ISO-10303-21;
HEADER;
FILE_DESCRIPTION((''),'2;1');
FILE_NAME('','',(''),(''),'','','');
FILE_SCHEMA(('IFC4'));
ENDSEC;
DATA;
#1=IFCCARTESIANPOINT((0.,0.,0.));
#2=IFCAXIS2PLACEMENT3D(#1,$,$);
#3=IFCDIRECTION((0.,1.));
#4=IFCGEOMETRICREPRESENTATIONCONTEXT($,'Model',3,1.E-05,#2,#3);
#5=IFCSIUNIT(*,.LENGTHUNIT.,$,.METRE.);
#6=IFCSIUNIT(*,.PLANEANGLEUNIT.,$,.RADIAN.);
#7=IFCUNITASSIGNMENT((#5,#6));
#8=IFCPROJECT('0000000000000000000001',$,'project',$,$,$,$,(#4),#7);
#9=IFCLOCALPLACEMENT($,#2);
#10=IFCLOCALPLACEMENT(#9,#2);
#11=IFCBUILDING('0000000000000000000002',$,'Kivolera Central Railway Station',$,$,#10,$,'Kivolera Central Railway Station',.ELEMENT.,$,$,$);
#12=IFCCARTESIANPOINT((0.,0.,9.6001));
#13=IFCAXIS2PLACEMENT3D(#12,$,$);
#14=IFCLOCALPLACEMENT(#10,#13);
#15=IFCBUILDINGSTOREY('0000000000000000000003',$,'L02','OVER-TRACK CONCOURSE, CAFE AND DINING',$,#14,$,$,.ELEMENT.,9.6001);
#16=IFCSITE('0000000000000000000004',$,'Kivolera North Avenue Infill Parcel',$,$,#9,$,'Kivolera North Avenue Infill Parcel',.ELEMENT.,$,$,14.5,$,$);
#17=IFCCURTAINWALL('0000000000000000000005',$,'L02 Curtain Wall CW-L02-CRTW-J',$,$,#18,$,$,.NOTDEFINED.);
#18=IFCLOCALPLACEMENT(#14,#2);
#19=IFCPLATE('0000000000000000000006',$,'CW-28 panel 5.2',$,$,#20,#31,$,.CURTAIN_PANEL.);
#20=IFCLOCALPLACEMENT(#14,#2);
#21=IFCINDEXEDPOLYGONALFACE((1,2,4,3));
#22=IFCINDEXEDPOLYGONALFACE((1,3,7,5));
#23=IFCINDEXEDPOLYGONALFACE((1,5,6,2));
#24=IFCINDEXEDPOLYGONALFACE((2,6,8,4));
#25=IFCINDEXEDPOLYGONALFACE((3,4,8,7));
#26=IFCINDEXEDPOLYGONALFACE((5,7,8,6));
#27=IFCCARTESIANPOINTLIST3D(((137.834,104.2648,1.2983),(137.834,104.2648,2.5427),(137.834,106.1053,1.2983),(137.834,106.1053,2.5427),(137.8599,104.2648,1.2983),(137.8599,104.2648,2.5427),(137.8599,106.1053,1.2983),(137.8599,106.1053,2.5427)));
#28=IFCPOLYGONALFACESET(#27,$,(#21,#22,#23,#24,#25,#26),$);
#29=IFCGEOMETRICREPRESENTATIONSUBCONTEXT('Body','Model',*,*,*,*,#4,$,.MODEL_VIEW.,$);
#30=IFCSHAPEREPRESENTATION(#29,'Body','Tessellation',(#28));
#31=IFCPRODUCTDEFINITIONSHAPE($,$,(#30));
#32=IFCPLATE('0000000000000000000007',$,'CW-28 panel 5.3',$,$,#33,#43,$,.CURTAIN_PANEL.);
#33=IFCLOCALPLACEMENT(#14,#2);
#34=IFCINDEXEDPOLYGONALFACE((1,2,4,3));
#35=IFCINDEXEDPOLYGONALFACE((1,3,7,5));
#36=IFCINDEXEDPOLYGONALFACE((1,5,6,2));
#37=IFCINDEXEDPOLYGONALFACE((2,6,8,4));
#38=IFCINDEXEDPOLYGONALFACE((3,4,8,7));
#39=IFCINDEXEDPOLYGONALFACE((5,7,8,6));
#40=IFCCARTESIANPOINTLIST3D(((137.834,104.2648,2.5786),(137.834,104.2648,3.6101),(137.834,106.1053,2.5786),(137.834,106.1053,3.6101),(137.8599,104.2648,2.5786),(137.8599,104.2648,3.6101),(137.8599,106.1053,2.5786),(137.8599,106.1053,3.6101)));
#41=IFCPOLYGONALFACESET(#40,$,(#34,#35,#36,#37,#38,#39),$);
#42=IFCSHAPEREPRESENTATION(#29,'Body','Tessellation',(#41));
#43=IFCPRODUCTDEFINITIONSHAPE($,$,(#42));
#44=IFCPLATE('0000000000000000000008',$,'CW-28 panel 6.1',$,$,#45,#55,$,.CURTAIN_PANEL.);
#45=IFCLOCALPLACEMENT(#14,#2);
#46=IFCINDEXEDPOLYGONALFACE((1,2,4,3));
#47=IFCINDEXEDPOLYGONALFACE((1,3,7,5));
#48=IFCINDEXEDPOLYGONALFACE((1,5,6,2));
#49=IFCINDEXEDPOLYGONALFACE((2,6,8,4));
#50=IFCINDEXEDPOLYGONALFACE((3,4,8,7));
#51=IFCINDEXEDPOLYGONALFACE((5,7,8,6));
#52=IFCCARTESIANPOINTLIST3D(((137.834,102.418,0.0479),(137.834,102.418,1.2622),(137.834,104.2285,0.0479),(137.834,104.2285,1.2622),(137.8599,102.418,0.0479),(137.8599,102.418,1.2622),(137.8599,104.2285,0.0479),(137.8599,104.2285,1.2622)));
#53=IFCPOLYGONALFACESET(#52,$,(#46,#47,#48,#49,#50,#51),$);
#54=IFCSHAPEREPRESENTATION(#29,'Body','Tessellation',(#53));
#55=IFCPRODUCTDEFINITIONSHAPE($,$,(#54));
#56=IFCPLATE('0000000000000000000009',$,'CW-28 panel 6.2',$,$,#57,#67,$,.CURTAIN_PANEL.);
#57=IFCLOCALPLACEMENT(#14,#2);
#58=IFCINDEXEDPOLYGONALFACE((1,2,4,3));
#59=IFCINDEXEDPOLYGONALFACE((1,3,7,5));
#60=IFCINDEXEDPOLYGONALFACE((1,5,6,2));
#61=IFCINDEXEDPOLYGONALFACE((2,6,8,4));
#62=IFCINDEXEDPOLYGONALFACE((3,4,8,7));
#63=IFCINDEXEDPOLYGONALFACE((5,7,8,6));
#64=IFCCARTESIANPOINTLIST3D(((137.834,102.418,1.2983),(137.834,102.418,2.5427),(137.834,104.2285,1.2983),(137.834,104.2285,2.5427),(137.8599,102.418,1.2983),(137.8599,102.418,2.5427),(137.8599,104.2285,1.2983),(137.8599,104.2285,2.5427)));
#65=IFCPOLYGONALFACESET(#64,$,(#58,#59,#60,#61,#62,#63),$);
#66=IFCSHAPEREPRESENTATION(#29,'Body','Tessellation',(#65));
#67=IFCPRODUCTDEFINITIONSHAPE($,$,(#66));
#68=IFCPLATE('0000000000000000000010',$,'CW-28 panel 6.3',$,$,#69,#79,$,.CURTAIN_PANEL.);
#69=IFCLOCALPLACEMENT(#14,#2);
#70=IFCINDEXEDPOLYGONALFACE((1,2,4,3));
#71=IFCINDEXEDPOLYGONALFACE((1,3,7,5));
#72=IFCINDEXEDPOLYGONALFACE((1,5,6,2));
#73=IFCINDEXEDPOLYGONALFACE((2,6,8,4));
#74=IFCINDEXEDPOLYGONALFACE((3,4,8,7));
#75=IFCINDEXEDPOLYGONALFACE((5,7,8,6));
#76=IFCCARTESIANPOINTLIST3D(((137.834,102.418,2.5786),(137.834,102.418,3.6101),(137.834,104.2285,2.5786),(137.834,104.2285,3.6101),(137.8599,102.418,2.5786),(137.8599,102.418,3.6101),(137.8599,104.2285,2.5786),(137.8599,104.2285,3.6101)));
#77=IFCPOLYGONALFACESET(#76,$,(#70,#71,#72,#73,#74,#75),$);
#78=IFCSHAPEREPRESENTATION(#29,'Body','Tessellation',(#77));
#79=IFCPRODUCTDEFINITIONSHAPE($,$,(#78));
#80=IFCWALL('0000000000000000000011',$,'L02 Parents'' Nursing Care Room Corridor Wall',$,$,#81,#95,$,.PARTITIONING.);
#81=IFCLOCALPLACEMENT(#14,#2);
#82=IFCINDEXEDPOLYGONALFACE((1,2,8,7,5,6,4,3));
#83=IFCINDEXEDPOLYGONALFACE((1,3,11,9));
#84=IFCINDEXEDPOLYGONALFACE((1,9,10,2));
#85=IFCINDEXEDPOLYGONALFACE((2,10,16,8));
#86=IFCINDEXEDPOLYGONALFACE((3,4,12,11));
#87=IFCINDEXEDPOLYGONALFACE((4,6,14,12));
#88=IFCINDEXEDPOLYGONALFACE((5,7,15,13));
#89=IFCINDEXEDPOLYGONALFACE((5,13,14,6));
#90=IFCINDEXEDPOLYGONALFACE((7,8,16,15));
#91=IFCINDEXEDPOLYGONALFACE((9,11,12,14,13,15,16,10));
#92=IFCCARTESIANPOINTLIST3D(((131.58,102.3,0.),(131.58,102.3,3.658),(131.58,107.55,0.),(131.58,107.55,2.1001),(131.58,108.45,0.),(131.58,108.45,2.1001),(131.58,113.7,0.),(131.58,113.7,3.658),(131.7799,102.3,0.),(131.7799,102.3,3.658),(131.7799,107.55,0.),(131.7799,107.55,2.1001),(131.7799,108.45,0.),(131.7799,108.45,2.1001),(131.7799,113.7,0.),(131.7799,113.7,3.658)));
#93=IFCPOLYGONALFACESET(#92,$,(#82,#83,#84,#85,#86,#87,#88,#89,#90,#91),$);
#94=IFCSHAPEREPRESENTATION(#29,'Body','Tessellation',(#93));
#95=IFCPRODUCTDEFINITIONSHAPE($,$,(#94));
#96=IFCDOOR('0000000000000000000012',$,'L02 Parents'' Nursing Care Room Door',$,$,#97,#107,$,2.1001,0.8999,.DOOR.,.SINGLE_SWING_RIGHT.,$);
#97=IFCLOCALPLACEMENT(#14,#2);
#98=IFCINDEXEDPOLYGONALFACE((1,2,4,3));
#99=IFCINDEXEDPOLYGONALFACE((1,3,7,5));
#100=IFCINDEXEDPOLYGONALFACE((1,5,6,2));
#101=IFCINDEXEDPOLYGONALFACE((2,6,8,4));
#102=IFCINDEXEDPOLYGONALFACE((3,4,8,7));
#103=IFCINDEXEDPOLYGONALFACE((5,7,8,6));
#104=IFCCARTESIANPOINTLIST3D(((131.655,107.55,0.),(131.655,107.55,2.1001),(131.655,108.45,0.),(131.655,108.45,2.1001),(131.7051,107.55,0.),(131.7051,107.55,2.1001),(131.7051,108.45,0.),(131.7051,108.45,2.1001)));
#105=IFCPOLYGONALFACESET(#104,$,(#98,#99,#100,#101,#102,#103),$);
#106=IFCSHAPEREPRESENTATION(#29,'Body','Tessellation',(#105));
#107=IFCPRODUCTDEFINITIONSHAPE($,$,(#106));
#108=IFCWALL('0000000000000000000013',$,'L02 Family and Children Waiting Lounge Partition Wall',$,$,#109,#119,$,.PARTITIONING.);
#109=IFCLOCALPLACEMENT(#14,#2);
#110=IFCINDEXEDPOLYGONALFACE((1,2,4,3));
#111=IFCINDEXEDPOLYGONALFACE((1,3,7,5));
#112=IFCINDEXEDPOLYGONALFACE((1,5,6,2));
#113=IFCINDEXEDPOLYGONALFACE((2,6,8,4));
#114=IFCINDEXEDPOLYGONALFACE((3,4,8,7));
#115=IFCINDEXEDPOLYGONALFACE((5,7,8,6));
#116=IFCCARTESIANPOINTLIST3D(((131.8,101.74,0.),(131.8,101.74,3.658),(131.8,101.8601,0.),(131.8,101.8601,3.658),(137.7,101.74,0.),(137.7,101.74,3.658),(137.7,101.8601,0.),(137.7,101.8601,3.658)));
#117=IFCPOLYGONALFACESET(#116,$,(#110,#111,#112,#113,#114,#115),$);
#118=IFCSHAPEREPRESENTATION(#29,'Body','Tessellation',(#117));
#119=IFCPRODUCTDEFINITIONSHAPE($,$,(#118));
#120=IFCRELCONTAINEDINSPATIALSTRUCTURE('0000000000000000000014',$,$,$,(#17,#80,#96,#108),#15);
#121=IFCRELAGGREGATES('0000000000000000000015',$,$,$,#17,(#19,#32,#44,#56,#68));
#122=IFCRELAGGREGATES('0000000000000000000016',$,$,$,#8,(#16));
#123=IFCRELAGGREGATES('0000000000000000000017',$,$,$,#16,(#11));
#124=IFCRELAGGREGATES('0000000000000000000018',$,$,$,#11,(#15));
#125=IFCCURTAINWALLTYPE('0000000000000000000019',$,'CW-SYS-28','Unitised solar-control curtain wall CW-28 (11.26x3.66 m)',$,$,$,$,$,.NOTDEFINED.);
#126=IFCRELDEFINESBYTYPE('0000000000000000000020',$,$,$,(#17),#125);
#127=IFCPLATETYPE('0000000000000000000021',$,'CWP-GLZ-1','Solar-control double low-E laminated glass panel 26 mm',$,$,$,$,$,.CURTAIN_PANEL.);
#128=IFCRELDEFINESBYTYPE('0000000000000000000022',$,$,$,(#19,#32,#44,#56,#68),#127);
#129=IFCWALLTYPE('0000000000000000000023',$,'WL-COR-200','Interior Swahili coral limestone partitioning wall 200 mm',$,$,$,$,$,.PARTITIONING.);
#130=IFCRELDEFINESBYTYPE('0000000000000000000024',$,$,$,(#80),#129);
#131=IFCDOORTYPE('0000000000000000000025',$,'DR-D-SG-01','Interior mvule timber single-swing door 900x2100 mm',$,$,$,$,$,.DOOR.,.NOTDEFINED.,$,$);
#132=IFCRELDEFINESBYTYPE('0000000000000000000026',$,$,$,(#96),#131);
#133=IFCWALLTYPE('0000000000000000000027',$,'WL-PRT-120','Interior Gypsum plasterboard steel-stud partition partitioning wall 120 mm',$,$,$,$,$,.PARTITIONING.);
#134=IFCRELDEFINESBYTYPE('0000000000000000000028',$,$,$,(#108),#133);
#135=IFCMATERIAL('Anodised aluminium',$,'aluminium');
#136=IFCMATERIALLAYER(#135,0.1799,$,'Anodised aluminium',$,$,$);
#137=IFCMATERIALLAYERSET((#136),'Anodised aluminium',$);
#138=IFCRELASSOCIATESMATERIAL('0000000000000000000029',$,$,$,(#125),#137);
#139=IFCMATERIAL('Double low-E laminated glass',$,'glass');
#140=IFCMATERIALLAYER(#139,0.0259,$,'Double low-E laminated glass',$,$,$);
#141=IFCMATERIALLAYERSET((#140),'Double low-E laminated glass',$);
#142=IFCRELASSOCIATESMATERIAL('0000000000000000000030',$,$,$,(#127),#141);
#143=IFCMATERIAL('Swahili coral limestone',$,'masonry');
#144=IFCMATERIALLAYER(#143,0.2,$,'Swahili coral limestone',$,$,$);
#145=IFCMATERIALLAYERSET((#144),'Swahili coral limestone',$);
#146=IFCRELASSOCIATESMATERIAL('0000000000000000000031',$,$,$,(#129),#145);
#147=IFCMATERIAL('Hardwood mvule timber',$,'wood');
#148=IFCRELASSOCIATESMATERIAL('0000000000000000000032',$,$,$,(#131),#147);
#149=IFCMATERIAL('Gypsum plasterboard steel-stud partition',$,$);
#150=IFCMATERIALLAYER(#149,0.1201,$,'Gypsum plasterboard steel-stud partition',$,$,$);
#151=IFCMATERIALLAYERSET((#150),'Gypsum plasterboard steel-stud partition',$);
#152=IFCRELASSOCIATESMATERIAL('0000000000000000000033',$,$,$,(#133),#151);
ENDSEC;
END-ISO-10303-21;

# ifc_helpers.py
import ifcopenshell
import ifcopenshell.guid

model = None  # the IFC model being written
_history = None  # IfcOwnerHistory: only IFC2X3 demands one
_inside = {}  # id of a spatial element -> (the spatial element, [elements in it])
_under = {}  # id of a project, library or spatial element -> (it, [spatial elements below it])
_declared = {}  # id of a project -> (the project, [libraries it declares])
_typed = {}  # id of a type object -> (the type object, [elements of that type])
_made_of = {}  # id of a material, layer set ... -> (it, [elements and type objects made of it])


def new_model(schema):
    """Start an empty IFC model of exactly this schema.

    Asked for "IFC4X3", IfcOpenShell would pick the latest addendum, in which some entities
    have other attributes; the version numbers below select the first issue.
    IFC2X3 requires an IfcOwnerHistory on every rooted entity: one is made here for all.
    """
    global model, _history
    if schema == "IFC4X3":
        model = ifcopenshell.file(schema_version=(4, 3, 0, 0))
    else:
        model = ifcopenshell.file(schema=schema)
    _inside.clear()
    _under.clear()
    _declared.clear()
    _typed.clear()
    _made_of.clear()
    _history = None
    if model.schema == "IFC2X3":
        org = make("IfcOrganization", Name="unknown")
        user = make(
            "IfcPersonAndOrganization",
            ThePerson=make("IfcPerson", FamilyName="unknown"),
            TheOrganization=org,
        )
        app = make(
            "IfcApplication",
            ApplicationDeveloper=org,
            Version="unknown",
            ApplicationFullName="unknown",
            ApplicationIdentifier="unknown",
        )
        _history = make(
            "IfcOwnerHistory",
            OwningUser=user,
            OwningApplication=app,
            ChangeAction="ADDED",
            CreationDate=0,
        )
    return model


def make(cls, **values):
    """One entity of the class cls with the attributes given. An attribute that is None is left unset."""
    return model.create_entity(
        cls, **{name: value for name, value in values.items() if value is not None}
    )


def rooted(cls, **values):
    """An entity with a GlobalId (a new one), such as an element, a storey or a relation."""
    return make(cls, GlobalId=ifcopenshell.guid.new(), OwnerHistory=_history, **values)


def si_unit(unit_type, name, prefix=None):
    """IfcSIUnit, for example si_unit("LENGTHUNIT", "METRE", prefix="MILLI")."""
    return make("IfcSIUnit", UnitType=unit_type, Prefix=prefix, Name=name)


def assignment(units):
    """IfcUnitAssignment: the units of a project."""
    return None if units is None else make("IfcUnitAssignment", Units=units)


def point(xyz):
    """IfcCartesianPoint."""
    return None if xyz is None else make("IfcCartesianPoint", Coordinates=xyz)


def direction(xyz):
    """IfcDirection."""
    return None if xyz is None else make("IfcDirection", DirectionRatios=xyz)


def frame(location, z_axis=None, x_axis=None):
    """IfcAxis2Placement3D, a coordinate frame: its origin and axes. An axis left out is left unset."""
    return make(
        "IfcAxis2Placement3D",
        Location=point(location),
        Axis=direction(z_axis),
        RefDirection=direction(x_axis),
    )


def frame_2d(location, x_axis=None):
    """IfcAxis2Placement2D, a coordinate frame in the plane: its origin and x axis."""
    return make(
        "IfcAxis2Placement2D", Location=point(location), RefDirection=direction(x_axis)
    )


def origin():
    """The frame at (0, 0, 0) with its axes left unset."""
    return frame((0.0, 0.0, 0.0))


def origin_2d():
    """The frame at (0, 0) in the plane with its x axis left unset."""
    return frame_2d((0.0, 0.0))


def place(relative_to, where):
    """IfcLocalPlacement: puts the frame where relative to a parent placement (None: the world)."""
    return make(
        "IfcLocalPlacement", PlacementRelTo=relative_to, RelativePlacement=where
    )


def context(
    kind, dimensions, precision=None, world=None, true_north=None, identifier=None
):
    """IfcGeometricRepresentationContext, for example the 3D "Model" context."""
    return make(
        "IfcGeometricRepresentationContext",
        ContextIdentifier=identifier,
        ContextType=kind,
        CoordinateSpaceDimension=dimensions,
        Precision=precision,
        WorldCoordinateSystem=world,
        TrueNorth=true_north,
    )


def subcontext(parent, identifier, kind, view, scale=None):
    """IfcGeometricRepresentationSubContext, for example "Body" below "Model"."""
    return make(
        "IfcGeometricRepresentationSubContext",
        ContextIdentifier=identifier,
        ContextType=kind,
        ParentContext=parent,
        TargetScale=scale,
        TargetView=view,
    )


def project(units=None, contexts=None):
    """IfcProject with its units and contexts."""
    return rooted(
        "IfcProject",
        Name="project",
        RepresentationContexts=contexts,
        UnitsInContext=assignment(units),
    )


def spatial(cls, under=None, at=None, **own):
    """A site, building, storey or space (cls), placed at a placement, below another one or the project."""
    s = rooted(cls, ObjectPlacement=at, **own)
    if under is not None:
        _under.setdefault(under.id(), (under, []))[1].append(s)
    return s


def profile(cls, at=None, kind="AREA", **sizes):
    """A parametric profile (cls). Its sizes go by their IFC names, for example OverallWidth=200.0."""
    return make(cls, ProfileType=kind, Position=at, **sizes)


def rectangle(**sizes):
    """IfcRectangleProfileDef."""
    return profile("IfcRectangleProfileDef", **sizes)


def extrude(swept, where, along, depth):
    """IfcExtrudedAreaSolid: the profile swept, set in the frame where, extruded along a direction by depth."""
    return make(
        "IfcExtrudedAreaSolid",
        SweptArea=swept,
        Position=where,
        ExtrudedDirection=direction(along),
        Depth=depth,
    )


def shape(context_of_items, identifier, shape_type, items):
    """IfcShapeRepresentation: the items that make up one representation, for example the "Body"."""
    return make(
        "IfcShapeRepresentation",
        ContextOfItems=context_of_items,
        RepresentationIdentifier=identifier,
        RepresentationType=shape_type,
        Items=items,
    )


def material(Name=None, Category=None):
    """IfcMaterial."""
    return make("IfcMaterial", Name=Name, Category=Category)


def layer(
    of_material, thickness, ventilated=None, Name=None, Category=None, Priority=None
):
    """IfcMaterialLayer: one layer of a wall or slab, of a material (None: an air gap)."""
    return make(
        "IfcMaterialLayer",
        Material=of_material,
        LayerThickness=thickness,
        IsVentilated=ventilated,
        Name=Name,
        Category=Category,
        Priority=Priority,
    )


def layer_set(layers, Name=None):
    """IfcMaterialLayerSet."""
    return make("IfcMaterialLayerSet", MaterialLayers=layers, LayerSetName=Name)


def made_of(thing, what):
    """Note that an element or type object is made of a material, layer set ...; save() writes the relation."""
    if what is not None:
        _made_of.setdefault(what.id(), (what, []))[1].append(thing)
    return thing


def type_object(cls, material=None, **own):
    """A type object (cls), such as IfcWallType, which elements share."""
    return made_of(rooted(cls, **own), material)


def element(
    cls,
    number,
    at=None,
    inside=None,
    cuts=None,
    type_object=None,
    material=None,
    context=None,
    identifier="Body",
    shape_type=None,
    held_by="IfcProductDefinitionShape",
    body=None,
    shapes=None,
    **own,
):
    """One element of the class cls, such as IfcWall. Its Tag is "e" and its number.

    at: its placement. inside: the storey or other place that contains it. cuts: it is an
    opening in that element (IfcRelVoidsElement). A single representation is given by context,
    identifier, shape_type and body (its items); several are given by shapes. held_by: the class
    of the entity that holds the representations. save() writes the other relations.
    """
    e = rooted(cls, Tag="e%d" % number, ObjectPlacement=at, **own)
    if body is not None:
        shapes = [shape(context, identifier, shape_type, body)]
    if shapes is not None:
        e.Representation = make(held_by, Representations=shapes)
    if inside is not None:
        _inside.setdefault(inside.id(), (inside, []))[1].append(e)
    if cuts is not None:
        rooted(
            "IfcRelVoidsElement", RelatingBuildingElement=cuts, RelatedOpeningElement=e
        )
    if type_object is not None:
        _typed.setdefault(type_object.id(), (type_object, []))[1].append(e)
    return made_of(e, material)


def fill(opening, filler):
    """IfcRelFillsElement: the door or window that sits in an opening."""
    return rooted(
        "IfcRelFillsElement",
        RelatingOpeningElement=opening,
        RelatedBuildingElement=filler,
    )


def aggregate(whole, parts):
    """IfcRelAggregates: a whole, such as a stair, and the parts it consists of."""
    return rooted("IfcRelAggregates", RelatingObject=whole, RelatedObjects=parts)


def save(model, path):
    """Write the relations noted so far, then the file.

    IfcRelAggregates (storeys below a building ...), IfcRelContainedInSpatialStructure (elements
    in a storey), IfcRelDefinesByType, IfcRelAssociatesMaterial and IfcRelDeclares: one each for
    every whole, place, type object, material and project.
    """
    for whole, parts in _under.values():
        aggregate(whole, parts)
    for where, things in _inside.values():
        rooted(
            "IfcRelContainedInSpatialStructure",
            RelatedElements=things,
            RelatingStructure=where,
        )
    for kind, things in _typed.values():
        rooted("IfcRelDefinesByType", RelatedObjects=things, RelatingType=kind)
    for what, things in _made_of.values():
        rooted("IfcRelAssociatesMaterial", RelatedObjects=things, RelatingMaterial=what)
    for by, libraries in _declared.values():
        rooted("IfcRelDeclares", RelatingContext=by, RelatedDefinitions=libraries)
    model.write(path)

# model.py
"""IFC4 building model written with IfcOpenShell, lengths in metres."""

from ifc_helpers import new_model, si_unit, direction, frame, frame_2d, origin, origin_2d, place, context, subcontext, project, spatial, rectangle, extrude, material, layer, layer_set, type_object, element, fill, aggregate, save


model = new_model("IFC4")

# Units and contexts
model_context = context("Model", 3, precision=1e-05, world=origin(), true_north=direction((0.0, 1.0)))
body_context = subcontext(model_context, "Body", "Model", "MODEL_VIEW")
ifc_project = project(units=[si_unit("LENGTHUNIT", "METRE"), si_unit("PLANEANGLEUNIT", "RADIAN")], contexts=[model_context])

# Site, building, storey
site_placement = place(None, origin())
site = spatial("IfcSite", under=ifc_project, at=site_placement, Name="Kivolera North Avenue Infill Parcel", LongName="Kivolera North Avenue Infill Parcel", CompositionType="ELEMENT", RefElevation=14.5)
building_placement = place(site_placement, origin())
building = spatial("IfcBuilding", under=site, at=building_placement, Name="Kivolera Central Railway Station", LongName="Kivolera Central Railway Station", CompositionType="ELEMENT")
storey_placement = place(building_placement, frame((0.0, 0.0, 9.6001)))
storey = spatial("IfcBuildingStorey", under=building, at=storey_placement, Name="L02", Description="OVER-TRACK CONCOURSE, CAFE AND DINING", CompositionType="ELEMENT", Elevation=9.6001)

# Shared definitions
ifc_material_1 = material(Name="Anodised aluminium", Category="aluminium")
ifc_layer_1 = layer(ifc_material_1, 0.1799, Name="Anodised aluminium")
ifc_layer_set_1 = layer_set([ifc_layer_1], Name="Anodised aluminium")
curtain_wall_type = type_object("IfcCurtainWallType", Name="CW-SYS-28", Description="Unitised solar-control curtain wall CW-28 (11.26x3.66 m)", PredefinedType="NOTDEFINED", material=ifc_layer_set_1)

# Curtain wall
curtain_wall_1_placement = place(storey_placement, origin())
curtain_wall_1 = element("IfcCurtainWall", 1, at=curtain_wall_1_placement, inside=storey, type_object=curtain_wall_type, Name="L02 Curtain Wall CW-L02-CRTW-J", PredefinedType="NOTDEFINED")

# Plates
ifc_material_2 = material(Name="Double low-E laminated glass", Category="glass")
ifc_layer_2 = layer(ifc_material_2, 0.0259, Name="Double low-E laminated glass")
ifc_layer_set_2 = layer_set([ifc_layer_2], Name="Double low-E laminated glass")
plate_type = type_object("IfcPlateType", Name="CWP-GLZ-1", Description="Solar-control double low-E laminated glass panel 26 mm", PredefinedType="CURTAIN_PANEL", material=ifc_layer_set_2)
plate_1_placement = place(storey_placement, frame((137.8469, 105.1851, 1.2983), z_axis=(0.0, 0.0, 1.0), x_axis=(0.0, -1.0, 0.0)))
plate_1 = element("IfcPlate", 2, at=plate_1_placement, type_object=plate_type, Name="CW-28 panel 5.2", PredefinedType="CURTAIN_PANEL", context=body_context, shape_type="SweptSolid", body=[
    extrude(rectangle(XDim=1.8406, YDim=0.0259, at=origin_2d()), origin(), (0.0, 0.0, 1.0), 1.2444),
])
plate_2_placement = place(storey_placement, frame((137.8469, 105.1851, 2.5786), z_axis=(0.0, 0.0, 1.0), x_axis=(0.0, -1.0, 0.0)))
plate_2 = element("IfcPlate", 3, at=plate_2_placement, type_object=plate_type, Name="CW-28 panel 5.3", PredefinedType="CURTAIN_PANEL", context=body_context, shape_type="SweptSolid", body=[
    extrude(rectangle(XDim=1.8406, YDim=0.0259, at=origin_2d()), origin(), (0.0, 0.0, 1.0), 1.0315),
])
plate_3_placement = place(storey_placement, frame((137.8469, 103.3232, 0.0479), z_axis=(0.0, 0.0, 1.0), x_axis=(0.0, -1.0, 0.0)))
plate_3 = element("IfcPlate", 4, at=plate_3_placement, type_object=plate_type, Name="CW-28 panel 6.1", PredefinedType="CURTAIN_PANEL", context=body_context, shape_type="SweptSolid", body=[
    extrude(rectangle(XDim=1.8105, YDim=0.0259, at=origin_2d()), origin(), (0.0, 0.0, 1.0), 1.2144),
])
plate_4_placement = place(storey_placement, frame((137.8469, 103.3232, 1.2983), z_axis=(0.0, 0.0, 1.0), x_axis=(0.0, -1.0, 0.0)))
plate_4 = element("IfcPlate", 5, at=plate_4_placement, type_object=plate_type, Name="CW-28 panel 6.2", PredefinedType="CURTAIN_PANEL", context=body_context, shape_type="SweptSolid", body=[
    extrude(rectangle(XDim=1.8105, YDim=0.0259, at=origin_2d()), origin(), (0.0, 0.0, 1.0), 1.2444),
])
plate_5_placement = place(storey_placement, frame((137.8469, 103.3232, 2.5786), z_axis=(0.0, 0.0, 1.0), x_axis=(0.0, -1.0, 0.0)))
plate_5 = element("IfcPlate", 6, at=plate_5_placement, type_object=plate_type, Name="CW-28 panel 6.3", PredefinedType="CURTAIN_PANEL", context=body_context, shape_type="SweptSolid", body=[
    extrude(rectangle(XDim=1.8105, YDim=0.0259, at=origin_2d()), origin(), (0.0, 0.0, 1.0), 1.0315),
])
aggregate(curtain_wall_1, [plate_1, plate_2, plate_3, plate_4, plate_5])

# Wall, opening, door
ifc_material_3 = material(Name="Swahili coral limestone", Category="masonry")
ifc_layer_3 = layer(ifc_material_3, 0.2, Name="Swahili coral limestone")
ifc_layer_set_3 = layer_set([ifc_layer_3], Name="Swahili coral limestone")
wall_type_1 = type_object("IfcWallType", Name="WL-COR-200", Description="Interior Swahili coral limestone partitioning wall 200 mm", PredefinedType="PARTITIONING", material=ifc_layer_set_3)
wall_1_placement = place(storey_placement, frame((131.6799, 102.3, 0.0), z_axis=(0.0, 0.0, 1.0), x_axis=(0.0, 1.0, 0.0)))
wall_1 = element("IfcWall", 7, at=wall_1_placement, inside=storey, type_object=wall_type_1, Name="L02 Parents' Nursing Care Room Corridor Wall", PredefinedType="PARTITIONING", context=body_context, shape_type="SweptSolid", body=[
    extrude(rectangle(XDim=11.3999, YDim=0.2, at=frame_2d((5.7, 0.0))), origin(), (0.0, 0.0, 1.0), 3.658),
])
opening_placement = place(wall_1_placement, frame((5.25, 0.0, 0.0)))
opening = element("IfcOpeningElement", 8, at=opening_placement, cuts=wall_1, PredefinedType="OPENING", context=body_context, shape_type="SweptSolid", body=[
    extrude(rectangle(XDim=0.8999, YDim=2.1001, at=frame_2d((0.45, 1.05))), frame((0.0, 0.1099, 0.0), z_axis=(0.0, -1.0, 0.0), x_axis=(1.0, 0.0, 0.0)), (0.0, 0.0, 1.0), 0.22),
])
ifc_material_4 = material(Name="Hardwood mvule timber", Category="wood")
door_type = type_object("IfcDoorType", Name="DR-D-SG-01", Description="Interior mvule timber single-swing door 900x2100 mm", OperationType="NOTDEFINED", PredefinedType="DOOR", material=ifc_material_4)
door_placement = place(opening_placement, origin())
door = element("IfcDoor", 9, at=door_placement, inside=storey, type_object=door_type, Name="L02 Parents' Nursing Care Room Door", OperationType="SINGLE_SWING_RIGHT", OverallHeight=2.1001, OverallWidth=0.8999, PredefinedType="DOOR", context=body_context, shape_type="SweptSolid", body=[
    extrude(rectangle(XDim=0.8999, YDim=2.1001, at=frame_2d((0.45, 1.05))), frame((0.0, 0.0249, 0.0), z_axis=(0.0, -1.0, 0.0), x_axis=(1.0, 0.0, 0.0)), (0.0, 0.0, 1.0), 0.05),
])
fill(opening, door)

# Wall
ifc_material_5 = material(Name="Gypsum plasterboard steel-stud partition")
ifc_layer_4 = layer(ifc_material_5, 0.1201, Name="Gypsum plasterboard steel-stud partition")
ifc_layer_set_4 = layer_set([ifc_layer_4], Name="Gypsum plasterboard steel-stud partition")
wall_type_2 = type_object("IfcWallType", Name="WL-PRT-120", Description="Interior Gypsum plasterboard steel-stud partition partitioning wall 120 mm", PredefinedType="PARTITIONING", material=ifc_layer_set_4)
wall_2_placement = place(storey_placement, frame((131.8, 101.8, 0.0), z_axis=(0.0, 0.0, 1.0), x_axis=(1.0, 0.0, 0.0)))
element("IfcWall", 10, at=wall_2_placement, inside=storey, type_object=wall_type_2, Name="L02 Family and Children Waiting Lounge Partition Wall", PredefinedType="PARTITIONING", context=body_context, shape_type="SweptSolid", body=[
    extrude(rectangle(XDim=5.8999, YDim=0.1201, at=frame_2d((2.95, 0.0))), origin(), (0.0, 0.0, 1.0), 3.658),
])

save(model, "model.ifc")
